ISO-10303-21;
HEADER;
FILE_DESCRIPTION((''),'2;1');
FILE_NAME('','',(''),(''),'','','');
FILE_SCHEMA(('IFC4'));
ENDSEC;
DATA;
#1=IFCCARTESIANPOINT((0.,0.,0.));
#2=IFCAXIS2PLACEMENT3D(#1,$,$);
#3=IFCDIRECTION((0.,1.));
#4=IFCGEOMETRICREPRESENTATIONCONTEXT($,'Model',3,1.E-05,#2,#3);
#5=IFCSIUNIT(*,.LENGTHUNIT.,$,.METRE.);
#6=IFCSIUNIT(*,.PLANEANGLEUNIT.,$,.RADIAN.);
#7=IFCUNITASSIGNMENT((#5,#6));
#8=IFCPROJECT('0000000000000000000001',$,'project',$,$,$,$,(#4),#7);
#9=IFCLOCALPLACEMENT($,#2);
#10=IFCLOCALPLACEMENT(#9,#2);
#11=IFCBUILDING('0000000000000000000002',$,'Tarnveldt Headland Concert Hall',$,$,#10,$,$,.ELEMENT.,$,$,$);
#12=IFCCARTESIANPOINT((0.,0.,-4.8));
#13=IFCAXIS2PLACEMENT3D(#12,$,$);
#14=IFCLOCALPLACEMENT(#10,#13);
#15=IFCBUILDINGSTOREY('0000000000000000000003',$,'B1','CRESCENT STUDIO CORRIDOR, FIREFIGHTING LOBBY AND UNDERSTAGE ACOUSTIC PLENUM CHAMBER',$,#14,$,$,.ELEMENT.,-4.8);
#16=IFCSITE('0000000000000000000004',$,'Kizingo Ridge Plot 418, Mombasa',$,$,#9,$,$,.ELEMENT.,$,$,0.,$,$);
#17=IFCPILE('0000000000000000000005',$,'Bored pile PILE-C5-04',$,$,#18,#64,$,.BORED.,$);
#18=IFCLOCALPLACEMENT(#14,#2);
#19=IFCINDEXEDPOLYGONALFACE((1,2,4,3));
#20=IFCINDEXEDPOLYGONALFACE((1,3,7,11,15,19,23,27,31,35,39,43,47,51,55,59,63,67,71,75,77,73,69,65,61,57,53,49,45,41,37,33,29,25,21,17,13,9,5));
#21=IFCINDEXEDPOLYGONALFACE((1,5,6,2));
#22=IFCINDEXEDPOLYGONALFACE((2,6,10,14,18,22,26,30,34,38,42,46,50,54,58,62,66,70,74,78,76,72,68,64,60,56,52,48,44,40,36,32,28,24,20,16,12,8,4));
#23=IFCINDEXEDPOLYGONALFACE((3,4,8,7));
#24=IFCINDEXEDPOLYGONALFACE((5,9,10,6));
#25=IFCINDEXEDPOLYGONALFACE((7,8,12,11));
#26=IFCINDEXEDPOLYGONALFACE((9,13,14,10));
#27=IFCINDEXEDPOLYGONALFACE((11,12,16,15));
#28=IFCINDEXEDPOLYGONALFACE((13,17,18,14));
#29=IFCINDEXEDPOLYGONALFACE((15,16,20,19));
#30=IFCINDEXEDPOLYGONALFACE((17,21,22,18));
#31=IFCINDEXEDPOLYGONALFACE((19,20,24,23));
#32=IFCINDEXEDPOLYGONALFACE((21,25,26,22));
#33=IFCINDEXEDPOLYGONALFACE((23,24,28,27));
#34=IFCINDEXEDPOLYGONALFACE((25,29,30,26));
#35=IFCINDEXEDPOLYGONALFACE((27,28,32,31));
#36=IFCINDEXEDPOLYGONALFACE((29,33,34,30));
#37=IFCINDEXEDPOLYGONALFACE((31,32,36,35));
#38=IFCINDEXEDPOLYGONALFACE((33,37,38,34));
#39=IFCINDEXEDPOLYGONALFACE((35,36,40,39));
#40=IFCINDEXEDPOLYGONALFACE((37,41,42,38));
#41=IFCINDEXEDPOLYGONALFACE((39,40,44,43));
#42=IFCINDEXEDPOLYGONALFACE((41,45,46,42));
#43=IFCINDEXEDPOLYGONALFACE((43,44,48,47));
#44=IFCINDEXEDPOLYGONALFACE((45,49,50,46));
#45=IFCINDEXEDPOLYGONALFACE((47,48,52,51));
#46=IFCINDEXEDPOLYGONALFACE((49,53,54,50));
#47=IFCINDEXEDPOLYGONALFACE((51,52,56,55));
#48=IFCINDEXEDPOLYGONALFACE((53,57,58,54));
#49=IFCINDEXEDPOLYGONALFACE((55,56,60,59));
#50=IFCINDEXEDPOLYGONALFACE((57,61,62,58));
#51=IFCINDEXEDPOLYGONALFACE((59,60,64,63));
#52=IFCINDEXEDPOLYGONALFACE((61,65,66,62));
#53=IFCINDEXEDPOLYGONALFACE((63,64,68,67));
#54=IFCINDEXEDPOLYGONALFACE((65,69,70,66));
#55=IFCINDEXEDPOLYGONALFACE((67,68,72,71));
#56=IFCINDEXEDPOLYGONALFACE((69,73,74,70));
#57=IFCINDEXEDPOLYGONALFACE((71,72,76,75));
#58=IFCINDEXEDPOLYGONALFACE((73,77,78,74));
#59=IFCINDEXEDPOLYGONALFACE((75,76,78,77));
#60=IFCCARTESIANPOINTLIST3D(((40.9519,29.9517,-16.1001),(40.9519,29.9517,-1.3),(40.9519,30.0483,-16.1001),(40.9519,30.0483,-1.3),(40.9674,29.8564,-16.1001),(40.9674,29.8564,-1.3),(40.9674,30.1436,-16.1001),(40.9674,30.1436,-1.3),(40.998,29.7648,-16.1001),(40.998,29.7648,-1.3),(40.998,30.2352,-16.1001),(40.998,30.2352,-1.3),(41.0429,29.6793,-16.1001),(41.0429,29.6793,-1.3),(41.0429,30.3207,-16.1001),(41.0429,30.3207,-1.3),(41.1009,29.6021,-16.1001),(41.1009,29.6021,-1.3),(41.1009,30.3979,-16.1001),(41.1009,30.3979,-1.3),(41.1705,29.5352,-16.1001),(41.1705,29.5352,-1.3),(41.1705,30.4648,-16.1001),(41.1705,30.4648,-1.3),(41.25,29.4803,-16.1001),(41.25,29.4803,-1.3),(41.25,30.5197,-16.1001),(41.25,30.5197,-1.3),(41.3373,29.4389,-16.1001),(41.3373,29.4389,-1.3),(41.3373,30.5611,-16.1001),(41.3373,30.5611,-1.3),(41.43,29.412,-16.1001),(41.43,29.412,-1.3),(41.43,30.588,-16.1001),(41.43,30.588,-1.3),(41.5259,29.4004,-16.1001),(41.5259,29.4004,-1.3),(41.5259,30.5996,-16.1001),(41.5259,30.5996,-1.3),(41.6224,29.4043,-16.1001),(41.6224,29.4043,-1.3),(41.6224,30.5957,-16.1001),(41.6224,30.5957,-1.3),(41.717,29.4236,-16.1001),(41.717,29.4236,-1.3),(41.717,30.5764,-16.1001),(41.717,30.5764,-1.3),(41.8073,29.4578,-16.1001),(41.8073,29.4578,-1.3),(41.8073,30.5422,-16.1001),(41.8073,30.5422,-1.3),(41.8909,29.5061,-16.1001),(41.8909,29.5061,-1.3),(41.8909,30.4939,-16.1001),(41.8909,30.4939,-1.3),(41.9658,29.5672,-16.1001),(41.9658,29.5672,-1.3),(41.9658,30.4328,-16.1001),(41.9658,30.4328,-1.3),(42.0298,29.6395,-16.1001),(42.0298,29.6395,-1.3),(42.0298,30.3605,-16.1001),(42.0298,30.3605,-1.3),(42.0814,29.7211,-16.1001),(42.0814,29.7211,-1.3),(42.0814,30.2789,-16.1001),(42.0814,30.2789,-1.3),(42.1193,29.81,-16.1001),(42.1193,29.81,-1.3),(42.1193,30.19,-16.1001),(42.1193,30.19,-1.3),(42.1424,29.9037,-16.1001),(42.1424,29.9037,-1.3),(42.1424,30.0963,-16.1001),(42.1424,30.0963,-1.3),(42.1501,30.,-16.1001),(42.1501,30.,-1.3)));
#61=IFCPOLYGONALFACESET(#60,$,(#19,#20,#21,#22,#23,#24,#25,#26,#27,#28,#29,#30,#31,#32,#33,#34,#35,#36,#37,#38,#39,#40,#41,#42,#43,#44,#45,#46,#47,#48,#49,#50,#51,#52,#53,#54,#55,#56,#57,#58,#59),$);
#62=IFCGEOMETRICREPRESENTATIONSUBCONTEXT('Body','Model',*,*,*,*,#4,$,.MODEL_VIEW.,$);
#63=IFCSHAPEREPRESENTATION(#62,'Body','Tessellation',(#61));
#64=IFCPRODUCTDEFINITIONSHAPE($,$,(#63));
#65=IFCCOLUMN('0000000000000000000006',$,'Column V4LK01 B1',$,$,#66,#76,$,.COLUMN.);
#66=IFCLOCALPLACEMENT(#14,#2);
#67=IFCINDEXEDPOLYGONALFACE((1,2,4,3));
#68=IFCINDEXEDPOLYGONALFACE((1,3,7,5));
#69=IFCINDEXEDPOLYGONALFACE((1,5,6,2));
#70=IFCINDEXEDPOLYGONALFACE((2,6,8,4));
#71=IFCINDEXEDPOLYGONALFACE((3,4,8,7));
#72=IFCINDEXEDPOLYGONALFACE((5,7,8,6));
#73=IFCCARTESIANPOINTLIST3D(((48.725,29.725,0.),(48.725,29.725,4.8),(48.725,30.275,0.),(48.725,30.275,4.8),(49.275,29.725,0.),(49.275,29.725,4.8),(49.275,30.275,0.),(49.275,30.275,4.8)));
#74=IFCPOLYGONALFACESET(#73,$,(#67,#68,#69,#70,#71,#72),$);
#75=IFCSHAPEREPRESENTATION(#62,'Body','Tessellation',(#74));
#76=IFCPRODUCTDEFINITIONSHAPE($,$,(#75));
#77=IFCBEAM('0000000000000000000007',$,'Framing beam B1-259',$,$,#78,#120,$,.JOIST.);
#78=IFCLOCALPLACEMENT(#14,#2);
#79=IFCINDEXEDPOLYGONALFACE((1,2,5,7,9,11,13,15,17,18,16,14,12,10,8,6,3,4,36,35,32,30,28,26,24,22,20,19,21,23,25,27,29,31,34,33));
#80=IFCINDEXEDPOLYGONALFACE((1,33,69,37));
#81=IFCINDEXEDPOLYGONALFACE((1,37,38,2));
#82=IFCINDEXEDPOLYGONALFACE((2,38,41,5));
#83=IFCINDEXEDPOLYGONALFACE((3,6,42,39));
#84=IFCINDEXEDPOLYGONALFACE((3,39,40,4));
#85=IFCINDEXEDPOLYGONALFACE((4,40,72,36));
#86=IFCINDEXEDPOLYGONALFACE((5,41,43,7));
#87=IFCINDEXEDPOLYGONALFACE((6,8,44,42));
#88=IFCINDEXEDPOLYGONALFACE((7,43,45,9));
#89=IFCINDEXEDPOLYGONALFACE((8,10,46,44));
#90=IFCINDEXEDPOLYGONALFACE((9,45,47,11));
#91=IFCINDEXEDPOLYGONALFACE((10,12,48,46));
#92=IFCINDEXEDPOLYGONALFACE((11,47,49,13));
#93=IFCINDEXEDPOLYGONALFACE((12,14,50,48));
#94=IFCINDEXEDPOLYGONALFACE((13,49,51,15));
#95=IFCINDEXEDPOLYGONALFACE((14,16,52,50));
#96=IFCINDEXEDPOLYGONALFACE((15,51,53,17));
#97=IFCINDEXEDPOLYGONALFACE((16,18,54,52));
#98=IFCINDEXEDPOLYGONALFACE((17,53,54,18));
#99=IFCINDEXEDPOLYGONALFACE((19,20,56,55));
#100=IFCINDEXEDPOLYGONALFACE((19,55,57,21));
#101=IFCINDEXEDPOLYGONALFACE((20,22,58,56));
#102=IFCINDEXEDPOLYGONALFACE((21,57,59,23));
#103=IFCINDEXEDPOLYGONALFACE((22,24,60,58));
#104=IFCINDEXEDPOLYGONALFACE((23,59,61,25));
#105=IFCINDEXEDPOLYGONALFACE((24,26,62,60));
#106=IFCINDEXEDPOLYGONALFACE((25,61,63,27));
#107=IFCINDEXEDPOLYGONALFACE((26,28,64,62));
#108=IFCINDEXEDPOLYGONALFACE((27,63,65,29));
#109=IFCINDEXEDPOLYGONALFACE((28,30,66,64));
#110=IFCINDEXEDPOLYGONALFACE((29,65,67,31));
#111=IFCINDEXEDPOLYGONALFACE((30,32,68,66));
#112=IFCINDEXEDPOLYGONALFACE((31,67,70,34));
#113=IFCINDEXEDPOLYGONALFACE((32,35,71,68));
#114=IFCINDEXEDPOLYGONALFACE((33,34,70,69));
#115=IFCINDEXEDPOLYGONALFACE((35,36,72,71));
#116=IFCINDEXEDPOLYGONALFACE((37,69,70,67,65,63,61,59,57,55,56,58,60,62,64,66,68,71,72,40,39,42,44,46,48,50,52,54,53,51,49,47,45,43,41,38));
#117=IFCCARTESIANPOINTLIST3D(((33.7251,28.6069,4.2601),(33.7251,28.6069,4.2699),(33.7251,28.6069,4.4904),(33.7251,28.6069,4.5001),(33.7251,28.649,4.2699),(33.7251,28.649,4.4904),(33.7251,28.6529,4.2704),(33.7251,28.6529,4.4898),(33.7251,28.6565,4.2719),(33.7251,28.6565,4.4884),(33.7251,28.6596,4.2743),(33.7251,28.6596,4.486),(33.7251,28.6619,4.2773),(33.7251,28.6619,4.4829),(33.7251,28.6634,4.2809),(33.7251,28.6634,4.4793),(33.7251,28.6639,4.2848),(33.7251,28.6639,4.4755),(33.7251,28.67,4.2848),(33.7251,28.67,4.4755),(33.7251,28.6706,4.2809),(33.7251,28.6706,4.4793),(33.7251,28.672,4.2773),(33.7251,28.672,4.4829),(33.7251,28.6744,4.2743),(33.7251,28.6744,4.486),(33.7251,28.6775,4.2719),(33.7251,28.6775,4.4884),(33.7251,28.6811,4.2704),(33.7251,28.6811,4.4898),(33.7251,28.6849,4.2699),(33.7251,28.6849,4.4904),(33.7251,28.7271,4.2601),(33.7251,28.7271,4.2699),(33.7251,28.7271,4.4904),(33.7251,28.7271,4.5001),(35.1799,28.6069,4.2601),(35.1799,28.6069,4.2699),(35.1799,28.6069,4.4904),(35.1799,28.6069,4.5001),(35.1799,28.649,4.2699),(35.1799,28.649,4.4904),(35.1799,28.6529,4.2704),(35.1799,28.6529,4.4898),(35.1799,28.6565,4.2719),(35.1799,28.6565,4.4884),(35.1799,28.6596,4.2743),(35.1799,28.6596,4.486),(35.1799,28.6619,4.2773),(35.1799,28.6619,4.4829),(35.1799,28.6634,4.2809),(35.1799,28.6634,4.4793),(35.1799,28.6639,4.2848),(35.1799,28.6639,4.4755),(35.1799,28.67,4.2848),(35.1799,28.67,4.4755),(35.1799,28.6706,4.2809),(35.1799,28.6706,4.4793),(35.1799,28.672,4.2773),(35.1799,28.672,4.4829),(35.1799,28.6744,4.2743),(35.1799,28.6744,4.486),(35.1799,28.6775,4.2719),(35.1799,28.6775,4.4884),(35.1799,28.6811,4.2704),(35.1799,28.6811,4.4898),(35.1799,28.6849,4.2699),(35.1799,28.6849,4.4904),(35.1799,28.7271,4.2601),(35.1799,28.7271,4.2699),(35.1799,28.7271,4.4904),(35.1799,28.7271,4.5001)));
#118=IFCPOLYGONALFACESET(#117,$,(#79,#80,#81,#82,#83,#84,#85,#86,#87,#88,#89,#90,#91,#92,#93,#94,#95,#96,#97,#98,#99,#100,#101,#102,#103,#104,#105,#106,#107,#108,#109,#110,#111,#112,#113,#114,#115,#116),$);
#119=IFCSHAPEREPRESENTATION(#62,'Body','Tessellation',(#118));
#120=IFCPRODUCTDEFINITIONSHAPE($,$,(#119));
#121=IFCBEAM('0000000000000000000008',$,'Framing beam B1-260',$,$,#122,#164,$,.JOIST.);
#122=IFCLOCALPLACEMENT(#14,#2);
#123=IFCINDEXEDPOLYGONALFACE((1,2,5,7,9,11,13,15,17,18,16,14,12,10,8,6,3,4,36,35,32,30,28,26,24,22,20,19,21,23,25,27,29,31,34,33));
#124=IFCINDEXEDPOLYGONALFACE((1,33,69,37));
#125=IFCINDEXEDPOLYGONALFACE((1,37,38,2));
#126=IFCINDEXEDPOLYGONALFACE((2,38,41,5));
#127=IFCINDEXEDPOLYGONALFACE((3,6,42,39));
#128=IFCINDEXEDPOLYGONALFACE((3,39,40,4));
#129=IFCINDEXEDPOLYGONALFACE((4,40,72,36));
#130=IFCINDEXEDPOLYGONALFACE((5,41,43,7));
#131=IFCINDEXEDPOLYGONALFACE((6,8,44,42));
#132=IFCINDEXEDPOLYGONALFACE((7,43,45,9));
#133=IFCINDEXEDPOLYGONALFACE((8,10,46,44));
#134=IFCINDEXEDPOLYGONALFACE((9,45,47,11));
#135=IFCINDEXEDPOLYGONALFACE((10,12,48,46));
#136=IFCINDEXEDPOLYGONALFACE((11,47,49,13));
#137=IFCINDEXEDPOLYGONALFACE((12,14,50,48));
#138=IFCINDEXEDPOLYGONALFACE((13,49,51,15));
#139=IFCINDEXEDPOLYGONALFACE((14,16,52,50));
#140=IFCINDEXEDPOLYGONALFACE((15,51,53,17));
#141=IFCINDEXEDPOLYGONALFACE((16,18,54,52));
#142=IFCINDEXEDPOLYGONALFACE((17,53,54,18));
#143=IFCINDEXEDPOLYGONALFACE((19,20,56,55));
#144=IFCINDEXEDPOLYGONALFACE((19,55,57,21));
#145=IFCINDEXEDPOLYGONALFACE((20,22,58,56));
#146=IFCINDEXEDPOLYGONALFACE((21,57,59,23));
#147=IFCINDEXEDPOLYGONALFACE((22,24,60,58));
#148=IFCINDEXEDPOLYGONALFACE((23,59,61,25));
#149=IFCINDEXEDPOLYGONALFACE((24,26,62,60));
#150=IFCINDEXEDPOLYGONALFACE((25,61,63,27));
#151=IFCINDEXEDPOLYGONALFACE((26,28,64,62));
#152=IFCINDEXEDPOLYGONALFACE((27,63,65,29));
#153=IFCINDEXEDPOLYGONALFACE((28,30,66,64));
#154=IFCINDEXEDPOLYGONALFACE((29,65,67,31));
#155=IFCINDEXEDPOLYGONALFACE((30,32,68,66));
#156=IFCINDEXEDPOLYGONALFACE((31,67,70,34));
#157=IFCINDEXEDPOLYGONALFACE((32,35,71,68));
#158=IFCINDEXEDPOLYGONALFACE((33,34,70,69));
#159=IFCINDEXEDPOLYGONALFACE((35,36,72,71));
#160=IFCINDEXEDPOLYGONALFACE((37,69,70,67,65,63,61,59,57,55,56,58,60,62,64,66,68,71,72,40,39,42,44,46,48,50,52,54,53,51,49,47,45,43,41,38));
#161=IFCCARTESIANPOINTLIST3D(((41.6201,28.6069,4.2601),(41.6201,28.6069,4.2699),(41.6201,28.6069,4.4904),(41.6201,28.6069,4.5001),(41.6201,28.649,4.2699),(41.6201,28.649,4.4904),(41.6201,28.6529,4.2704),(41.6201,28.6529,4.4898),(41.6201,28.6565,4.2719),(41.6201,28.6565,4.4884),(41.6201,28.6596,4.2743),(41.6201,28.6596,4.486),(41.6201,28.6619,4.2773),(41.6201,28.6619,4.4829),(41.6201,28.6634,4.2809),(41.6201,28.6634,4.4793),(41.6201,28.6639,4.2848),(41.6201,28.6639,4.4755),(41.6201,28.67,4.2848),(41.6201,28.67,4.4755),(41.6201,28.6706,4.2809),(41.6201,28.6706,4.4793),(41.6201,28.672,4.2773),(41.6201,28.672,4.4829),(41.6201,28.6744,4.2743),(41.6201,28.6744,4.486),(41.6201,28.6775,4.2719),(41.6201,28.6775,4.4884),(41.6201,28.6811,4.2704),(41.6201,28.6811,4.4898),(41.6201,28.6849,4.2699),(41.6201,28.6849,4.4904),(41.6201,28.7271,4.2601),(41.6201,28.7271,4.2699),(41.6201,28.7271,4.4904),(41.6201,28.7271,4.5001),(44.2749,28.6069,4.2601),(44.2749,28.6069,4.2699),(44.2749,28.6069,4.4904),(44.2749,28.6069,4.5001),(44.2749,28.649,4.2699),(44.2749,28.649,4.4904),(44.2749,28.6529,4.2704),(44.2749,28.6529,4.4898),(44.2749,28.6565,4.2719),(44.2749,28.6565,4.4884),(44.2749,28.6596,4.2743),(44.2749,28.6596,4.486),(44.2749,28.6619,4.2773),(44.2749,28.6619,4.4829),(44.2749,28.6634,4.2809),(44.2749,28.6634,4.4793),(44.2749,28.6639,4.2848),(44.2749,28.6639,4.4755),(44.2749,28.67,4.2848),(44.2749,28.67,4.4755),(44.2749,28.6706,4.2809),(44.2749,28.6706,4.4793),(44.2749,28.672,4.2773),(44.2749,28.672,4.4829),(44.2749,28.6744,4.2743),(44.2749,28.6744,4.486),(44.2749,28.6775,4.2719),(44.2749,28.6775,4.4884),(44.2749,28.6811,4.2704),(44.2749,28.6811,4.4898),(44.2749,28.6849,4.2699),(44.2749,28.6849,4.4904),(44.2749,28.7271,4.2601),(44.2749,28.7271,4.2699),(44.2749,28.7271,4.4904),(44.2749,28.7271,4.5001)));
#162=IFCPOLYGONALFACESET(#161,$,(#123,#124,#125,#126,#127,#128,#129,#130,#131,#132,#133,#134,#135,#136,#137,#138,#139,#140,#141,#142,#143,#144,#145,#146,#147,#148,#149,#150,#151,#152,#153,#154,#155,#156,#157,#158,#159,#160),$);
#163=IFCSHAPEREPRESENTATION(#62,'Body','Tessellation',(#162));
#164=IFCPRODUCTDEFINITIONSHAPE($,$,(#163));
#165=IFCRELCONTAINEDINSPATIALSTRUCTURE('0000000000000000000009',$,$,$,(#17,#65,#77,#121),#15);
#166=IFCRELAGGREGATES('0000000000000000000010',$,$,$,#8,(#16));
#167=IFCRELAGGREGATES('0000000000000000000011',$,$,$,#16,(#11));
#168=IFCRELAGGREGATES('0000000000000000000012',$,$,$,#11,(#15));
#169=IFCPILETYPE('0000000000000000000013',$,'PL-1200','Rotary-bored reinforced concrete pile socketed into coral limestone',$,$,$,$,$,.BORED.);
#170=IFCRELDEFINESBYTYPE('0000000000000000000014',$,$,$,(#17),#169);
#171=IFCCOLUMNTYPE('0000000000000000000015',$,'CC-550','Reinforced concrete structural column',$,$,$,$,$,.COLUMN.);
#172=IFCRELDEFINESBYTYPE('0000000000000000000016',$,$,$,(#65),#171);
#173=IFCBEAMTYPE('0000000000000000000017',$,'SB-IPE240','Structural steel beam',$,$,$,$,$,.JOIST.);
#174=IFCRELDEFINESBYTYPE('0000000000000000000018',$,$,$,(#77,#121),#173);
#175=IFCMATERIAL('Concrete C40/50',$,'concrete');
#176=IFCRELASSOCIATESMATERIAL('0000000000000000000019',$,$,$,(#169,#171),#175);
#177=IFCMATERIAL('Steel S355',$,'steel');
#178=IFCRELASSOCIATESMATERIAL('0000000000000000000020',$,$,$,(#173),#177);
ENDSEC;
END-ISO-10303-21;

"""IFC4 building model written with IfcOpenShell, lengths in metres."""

from ifc_helpers import new_model, si_unit, direction, frame, origin, origin_2d, place, context, subcontext, project, spatial, rectangle, circle, i_section, extrude, material, material_profile, profile_set, type_object, element, save


model = new_model("IFC4")

# Units and contexts
model_context = context("Model", 3, precision=1e-05, world=origin(), true_north=direction((0.0, 1.0)))
body_context = subcontext(model_context, "Body", "Model", "MODEL_VIEW")
ifc_project = project(units=[si_unit("LENGTHUNIT", "METRE"), si_unit("PLANEANGLEUNIT", "RADIAN")], contexts=[model_context])

# Site, building, storey
site_placement = place(None, origin())
site = spatial("IfcSite", under=ifc_project, at=site_placement, Name="Kizingo Ridge Plot 418, Mombasa", CompositionType="ELEMENT", RefElevation=0.0)
building_placement = place(site_placement, origin())
building = spatial("IfcBuilding", under=site, at=building_placement, Name="Tarnveldt Headland Concert Hall", CompositionType="ELEMENT")
storey_placement = place(building_placement, frame((0.0, 0.0, -4.8)))
storey = spatial("IfcBuildingStorey", under=building, at=storey_placement, Name="B1", Description="CRESCENT STUDIO CORRIDOR, FIREFIGHTING LOBBY AND UNDERSTAGE ACOUSTIC PLENUM CHAMBER", CompositionType="ELEMENT", Elevation=-4.8)

# Shared definitions
ifc_material_1 = material(Name="Concrete C40/50", Category="concrete")

# Pile
ifc_material_profile_1 = material_profile(ifc_material_1, circle(Radius=0.6001, at=origin_2d()), Name="BORED PILE D1200", Category="concrete")
ifc_profile_set_1 = profile_set([ifc_material_profile_1], Name="Concrete C40/50")
pile_type = type_object("IfcPileType", Name="PL-1200", Description="Rotary-bored reinforced concrete pile socketed into coral limestone", PredefinedType="BORED", material=ifc_profile_set_1)
for number, where, z_axis, x_axis, name in (
    (1, (41.55, 30.0, -1.3), (0.0, 0.0, -1.0), (1.0, 0.0, 0.0), "Bored pile PILE-C5-04"),
):
    element("IfcPile", number, at=place(storey_placement, frame(where, z_axis=z_axis, x_axis=x_axis)), inside=storey, type_object=pile_type, Name=name, PredefinedType="BORED", context=body_context, shape_type="SweptSolid", body=[
        extrude(circle(Radius=0.6001, at=origin_2d()), origin(), (0.0, 0.0, 1.0), 14.8),
    ])

# Column
ifc_material_profile_2 = material_profile(ifc_material_1, rectangle(XDim=0.55, YDim=0.55, at=origin_2d()), Name="RC 550x550", Category="concrete")
ifc_profile_set_2 = profile_set([ifc_material_profile_2], Name="Concrete C40/50")
column_type = type_object("IfcColumnType", Name="CC-550", Description="Reinforced concrete structural column", PredefinedType="COLUMN", material=ifc_profile_set_2)
column_placement = place(storey_placement, frame((49.0, 30.0, 0.0), z_axis=(0.0, 0.0, 1.0), x_axis=(1.0, 0.0, 0.0)))
element("IfcColumn", 2, at=column_placement, inside=storey, type_object=column_type, Name="Column V4LK01 B1", PredefinedType="COLUMN", context=body_context, shape_type="SweptSolid", body=[
    extrude(rectangle(XDim=0.55, YDim=0.55, at=origin_2d()), origin(), (0.0, 0.0, 1.0), 4.8),
])

# Beams
ifc_material_2 = material(Name="Steel S355", Category="steel")
ifc_material_profile_3 = material_profile(ifc_material_2, i_section(OverallWidth=0.1201, OverallDepth=0.24, WebThickness=0.0061, FlangeThickness=0.0098, FilletRadius=0.0149, at=origin_2d()), Name="IPE240", Category="steel")
ifc_profile_set_3 = profile_set([ifc_material_profile_3], Name="Steel S355")
beam_type_1 = type_object("IfcBeamType", Name="SB-IPE240", Description="Structural steel beam", PredefinedType="JOIST", material=ifc_profile_set_3)
beam_1_placement = place(storey_placement, frame((33.7251, 28.667, 4.3801), z_axis=(1.0, 0.0, 0.0), x_axis=(0.0, 1.0, 0.0)))
element("IfcBeam", 3, at=beam_1_placement, inside=storey, type_object=beam_type_1, Name="Framing beam B1-259", PredefinedType="JOIST", context=body_context, shape_type="SweptSolid", body=[
    extrude(i_section(OverallWidth=0.1201, OverallDepth=0.24, WebThickness=0.0061, FlangeThickness=0.0098, FilletRadius=0.0149, at=origin_2d()), origin(), (0.0, 0.0, 1.0), 1.4548),
])
beam_2_placement = place(storey_placement, frame((41.6201, 28.667, 4.3801), z_axis=(1.0, 0.0, 0.0), x_axis=(0.0, 1.0, 0.0)))
element("IfcBeam", 4, at=beam_2_placement, inside=storey, type_object=beam_type_1, Name="Framing beam B1-260", PredefinedType="JOIST", context=body_context, shape_type="SweptSolid", body=[
    extrude(i_section(OverallWidth=0.1201, OverallDepth=0.24, WebThickness=0.0061, FlangeThickness=0.0098, FilletRadius=0.0149, at=origin_2d()), origin(), (0.0, 0.0, 1.0), 2.6548),
])

save(model, "model.ifc")
